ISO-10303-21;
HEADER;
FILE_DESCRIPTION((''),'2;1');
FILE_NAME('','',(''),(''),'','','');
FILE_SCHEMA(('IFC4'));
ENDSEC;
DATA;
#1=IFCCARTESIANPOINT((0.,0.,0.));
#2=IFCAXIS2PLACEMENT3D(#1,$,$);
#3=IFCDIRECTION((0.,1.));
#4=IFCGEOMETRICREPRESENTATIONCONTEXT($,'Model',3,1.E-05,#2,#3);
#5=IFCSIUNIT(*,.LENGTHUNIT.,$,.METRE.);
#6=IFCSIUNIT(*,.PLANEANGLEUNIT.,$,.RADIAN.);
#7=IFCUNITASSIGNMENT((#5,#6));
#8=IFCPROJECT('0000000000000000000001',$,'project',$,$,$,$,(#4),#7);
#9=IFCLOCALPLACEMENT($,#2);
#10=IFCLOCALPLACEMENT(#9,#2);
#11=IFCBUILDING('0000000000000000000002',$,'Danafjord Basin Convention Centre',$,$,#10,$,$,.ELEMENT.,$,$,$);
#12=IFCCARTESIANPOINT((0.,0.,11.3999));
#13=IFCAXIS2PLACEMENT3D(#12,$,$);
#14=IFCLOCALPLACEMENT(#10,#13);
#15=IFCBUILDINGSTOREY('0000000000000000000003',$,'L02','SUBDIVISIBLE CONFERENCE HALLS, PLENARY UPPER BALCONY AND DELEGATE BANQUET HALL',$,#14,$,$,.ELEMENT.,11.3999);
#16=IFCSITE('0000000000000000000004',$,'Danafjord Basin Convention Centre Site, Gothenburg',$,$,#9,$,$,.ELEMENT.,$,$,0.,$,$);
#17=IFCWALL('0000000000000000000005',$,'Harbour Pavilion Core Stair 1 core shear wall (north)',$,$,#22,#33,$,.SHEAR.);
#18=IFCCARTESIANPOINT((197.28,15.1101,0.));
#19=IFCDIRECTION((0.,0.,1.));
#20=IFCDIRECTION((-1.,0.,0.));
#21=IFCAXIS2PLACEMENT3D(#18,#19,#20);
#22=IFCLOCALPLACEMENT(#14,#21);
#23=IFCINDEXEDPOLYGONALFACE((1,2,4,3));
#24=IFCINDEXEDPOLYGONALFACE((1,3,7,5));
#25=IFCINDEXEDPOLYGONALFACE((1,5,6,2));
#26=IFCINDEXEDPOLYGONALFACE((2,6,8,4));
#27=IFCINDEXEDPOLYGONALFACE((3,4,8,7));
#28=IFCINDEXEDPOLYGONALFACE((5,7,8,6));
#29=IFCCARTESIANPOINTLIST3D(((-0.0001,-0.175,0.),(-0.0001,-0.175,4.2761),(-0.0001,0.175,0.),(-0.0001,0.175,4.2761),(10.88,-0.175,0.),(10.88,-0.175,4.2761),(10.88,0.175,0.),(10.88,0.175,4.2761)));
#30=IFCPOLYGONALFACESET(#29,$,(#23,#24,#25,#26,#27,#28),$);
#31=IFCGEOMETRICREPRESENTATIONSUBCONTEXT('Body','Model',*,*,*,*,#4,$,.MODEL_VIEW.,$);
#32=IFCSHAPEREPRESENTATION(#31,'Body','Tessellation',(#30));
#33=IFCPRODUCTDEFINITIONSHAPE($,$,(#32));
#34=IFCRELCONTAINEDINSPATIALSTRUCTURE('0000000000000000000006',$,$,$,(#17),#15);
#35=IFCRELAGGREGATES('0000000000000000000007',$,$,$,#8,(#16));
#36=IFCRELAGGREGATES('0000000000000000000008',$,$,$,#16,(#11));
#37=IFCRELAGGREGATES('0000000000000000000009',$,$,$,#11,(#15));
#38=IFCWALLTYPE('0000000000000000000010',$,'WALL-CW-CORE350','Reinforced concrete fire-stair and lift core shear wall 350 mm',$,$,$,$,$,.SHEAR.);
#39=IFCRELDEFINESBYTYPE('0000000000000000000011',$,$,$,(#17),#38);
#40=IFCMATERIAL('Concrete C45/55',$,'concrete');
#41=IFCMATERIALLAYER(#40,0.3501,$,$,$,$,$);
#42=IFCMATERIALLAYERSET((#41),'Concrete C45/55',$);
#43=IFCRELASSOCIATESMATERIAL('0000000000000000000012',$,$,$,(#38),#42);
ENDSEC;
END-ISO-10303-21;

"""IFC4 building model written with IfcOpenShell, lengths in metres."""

from ifc_helpers import new_model, si_unit, direction, frame, frame_2d, origin, place, context, subcontext, project, spatial, rectangle, extrude, material, layer, layer_set, type_object, element, save


model = new_model("IFC4")

# Units and contexts
model_context = context("Model", 3, precision=1e-05, world=origin(), true_north=direction((0.0, 1.0)))
body_context = subcontext(model_context, "Body", "Model", "MODEL_VIEW")
ifc_project = project(units=[si_unit("LENGTHUNIT", "METRE"), si_unit("PLANEANGLEUNIT", "RADIAN")], contexts=[model_context])

# Site, building, storey
site_placement = place(None, origin())
site = spatial("IfcSite", under=ifc_project, at=site_placement, Name="Danafjord Basin Convention Centre Site, Gothenburg", CompositionType="ELEMENT", RefElevation=0.0)
building_placement = place(site_placement, origin())
building = spatial("IfcBuilding", under=site, at=building_placement, Name="Danafjord Basin Convention Centre", CompositionType="ELEMENT")
storey_placement = place(building_placement, frame((0.0, 0.0, 11.3999)))
storey = spatial("IfcBuildingStorey", under=building, at=storey_placement, Name="L02", Description="SUBDIVISIBLE CONFERENCE HALLS, PLENARY UPPER BALCONY AND DELEGATE BANQUET HALL", CompositionType="ELEMENT", Elevation=11.3999)

# Wall
ifc_material_1 = material(Name="Concrete C45/55", Category="concrete")
ifc_layer_1 = layer(ifc_material_1, 0.3501)
ifc_layer_set_1 = layer_set([ifc_layer_1], Name="Concrete C45/55")
wall_type = type_object("IfcWallType", Name="WALL-CW-CORE350", Description="Reinforced concrete fire-stair and lift core shear wall 350 mm", PredefinedType="SHEAR", material=ifc_layer_set_1)
wall_1_placement = place(storey_placement, frame((197.28, 15.1101, 0.0), z_axis=(0.0, 0.0, 1.0), x_axis=(-1.0, 0.0, 0.0)))
element("IfcWall", 1, at=wall_1_placement, inside=storey, type_object=wall_type, Name="Harbour Pavilion Core Stair 1 core shear wall (north)", PredefinedType="SHEAR", context=body_context, shape_type="SweptSolid", body=[
    extrude(rectangle(XDim=10.8801, YDim=0.3501, at=frame_2d((5.4399, 0.0))), origin(), (0.0, 0.0, 1.0), 4.2761),
])

save(model, "model.ifc")
